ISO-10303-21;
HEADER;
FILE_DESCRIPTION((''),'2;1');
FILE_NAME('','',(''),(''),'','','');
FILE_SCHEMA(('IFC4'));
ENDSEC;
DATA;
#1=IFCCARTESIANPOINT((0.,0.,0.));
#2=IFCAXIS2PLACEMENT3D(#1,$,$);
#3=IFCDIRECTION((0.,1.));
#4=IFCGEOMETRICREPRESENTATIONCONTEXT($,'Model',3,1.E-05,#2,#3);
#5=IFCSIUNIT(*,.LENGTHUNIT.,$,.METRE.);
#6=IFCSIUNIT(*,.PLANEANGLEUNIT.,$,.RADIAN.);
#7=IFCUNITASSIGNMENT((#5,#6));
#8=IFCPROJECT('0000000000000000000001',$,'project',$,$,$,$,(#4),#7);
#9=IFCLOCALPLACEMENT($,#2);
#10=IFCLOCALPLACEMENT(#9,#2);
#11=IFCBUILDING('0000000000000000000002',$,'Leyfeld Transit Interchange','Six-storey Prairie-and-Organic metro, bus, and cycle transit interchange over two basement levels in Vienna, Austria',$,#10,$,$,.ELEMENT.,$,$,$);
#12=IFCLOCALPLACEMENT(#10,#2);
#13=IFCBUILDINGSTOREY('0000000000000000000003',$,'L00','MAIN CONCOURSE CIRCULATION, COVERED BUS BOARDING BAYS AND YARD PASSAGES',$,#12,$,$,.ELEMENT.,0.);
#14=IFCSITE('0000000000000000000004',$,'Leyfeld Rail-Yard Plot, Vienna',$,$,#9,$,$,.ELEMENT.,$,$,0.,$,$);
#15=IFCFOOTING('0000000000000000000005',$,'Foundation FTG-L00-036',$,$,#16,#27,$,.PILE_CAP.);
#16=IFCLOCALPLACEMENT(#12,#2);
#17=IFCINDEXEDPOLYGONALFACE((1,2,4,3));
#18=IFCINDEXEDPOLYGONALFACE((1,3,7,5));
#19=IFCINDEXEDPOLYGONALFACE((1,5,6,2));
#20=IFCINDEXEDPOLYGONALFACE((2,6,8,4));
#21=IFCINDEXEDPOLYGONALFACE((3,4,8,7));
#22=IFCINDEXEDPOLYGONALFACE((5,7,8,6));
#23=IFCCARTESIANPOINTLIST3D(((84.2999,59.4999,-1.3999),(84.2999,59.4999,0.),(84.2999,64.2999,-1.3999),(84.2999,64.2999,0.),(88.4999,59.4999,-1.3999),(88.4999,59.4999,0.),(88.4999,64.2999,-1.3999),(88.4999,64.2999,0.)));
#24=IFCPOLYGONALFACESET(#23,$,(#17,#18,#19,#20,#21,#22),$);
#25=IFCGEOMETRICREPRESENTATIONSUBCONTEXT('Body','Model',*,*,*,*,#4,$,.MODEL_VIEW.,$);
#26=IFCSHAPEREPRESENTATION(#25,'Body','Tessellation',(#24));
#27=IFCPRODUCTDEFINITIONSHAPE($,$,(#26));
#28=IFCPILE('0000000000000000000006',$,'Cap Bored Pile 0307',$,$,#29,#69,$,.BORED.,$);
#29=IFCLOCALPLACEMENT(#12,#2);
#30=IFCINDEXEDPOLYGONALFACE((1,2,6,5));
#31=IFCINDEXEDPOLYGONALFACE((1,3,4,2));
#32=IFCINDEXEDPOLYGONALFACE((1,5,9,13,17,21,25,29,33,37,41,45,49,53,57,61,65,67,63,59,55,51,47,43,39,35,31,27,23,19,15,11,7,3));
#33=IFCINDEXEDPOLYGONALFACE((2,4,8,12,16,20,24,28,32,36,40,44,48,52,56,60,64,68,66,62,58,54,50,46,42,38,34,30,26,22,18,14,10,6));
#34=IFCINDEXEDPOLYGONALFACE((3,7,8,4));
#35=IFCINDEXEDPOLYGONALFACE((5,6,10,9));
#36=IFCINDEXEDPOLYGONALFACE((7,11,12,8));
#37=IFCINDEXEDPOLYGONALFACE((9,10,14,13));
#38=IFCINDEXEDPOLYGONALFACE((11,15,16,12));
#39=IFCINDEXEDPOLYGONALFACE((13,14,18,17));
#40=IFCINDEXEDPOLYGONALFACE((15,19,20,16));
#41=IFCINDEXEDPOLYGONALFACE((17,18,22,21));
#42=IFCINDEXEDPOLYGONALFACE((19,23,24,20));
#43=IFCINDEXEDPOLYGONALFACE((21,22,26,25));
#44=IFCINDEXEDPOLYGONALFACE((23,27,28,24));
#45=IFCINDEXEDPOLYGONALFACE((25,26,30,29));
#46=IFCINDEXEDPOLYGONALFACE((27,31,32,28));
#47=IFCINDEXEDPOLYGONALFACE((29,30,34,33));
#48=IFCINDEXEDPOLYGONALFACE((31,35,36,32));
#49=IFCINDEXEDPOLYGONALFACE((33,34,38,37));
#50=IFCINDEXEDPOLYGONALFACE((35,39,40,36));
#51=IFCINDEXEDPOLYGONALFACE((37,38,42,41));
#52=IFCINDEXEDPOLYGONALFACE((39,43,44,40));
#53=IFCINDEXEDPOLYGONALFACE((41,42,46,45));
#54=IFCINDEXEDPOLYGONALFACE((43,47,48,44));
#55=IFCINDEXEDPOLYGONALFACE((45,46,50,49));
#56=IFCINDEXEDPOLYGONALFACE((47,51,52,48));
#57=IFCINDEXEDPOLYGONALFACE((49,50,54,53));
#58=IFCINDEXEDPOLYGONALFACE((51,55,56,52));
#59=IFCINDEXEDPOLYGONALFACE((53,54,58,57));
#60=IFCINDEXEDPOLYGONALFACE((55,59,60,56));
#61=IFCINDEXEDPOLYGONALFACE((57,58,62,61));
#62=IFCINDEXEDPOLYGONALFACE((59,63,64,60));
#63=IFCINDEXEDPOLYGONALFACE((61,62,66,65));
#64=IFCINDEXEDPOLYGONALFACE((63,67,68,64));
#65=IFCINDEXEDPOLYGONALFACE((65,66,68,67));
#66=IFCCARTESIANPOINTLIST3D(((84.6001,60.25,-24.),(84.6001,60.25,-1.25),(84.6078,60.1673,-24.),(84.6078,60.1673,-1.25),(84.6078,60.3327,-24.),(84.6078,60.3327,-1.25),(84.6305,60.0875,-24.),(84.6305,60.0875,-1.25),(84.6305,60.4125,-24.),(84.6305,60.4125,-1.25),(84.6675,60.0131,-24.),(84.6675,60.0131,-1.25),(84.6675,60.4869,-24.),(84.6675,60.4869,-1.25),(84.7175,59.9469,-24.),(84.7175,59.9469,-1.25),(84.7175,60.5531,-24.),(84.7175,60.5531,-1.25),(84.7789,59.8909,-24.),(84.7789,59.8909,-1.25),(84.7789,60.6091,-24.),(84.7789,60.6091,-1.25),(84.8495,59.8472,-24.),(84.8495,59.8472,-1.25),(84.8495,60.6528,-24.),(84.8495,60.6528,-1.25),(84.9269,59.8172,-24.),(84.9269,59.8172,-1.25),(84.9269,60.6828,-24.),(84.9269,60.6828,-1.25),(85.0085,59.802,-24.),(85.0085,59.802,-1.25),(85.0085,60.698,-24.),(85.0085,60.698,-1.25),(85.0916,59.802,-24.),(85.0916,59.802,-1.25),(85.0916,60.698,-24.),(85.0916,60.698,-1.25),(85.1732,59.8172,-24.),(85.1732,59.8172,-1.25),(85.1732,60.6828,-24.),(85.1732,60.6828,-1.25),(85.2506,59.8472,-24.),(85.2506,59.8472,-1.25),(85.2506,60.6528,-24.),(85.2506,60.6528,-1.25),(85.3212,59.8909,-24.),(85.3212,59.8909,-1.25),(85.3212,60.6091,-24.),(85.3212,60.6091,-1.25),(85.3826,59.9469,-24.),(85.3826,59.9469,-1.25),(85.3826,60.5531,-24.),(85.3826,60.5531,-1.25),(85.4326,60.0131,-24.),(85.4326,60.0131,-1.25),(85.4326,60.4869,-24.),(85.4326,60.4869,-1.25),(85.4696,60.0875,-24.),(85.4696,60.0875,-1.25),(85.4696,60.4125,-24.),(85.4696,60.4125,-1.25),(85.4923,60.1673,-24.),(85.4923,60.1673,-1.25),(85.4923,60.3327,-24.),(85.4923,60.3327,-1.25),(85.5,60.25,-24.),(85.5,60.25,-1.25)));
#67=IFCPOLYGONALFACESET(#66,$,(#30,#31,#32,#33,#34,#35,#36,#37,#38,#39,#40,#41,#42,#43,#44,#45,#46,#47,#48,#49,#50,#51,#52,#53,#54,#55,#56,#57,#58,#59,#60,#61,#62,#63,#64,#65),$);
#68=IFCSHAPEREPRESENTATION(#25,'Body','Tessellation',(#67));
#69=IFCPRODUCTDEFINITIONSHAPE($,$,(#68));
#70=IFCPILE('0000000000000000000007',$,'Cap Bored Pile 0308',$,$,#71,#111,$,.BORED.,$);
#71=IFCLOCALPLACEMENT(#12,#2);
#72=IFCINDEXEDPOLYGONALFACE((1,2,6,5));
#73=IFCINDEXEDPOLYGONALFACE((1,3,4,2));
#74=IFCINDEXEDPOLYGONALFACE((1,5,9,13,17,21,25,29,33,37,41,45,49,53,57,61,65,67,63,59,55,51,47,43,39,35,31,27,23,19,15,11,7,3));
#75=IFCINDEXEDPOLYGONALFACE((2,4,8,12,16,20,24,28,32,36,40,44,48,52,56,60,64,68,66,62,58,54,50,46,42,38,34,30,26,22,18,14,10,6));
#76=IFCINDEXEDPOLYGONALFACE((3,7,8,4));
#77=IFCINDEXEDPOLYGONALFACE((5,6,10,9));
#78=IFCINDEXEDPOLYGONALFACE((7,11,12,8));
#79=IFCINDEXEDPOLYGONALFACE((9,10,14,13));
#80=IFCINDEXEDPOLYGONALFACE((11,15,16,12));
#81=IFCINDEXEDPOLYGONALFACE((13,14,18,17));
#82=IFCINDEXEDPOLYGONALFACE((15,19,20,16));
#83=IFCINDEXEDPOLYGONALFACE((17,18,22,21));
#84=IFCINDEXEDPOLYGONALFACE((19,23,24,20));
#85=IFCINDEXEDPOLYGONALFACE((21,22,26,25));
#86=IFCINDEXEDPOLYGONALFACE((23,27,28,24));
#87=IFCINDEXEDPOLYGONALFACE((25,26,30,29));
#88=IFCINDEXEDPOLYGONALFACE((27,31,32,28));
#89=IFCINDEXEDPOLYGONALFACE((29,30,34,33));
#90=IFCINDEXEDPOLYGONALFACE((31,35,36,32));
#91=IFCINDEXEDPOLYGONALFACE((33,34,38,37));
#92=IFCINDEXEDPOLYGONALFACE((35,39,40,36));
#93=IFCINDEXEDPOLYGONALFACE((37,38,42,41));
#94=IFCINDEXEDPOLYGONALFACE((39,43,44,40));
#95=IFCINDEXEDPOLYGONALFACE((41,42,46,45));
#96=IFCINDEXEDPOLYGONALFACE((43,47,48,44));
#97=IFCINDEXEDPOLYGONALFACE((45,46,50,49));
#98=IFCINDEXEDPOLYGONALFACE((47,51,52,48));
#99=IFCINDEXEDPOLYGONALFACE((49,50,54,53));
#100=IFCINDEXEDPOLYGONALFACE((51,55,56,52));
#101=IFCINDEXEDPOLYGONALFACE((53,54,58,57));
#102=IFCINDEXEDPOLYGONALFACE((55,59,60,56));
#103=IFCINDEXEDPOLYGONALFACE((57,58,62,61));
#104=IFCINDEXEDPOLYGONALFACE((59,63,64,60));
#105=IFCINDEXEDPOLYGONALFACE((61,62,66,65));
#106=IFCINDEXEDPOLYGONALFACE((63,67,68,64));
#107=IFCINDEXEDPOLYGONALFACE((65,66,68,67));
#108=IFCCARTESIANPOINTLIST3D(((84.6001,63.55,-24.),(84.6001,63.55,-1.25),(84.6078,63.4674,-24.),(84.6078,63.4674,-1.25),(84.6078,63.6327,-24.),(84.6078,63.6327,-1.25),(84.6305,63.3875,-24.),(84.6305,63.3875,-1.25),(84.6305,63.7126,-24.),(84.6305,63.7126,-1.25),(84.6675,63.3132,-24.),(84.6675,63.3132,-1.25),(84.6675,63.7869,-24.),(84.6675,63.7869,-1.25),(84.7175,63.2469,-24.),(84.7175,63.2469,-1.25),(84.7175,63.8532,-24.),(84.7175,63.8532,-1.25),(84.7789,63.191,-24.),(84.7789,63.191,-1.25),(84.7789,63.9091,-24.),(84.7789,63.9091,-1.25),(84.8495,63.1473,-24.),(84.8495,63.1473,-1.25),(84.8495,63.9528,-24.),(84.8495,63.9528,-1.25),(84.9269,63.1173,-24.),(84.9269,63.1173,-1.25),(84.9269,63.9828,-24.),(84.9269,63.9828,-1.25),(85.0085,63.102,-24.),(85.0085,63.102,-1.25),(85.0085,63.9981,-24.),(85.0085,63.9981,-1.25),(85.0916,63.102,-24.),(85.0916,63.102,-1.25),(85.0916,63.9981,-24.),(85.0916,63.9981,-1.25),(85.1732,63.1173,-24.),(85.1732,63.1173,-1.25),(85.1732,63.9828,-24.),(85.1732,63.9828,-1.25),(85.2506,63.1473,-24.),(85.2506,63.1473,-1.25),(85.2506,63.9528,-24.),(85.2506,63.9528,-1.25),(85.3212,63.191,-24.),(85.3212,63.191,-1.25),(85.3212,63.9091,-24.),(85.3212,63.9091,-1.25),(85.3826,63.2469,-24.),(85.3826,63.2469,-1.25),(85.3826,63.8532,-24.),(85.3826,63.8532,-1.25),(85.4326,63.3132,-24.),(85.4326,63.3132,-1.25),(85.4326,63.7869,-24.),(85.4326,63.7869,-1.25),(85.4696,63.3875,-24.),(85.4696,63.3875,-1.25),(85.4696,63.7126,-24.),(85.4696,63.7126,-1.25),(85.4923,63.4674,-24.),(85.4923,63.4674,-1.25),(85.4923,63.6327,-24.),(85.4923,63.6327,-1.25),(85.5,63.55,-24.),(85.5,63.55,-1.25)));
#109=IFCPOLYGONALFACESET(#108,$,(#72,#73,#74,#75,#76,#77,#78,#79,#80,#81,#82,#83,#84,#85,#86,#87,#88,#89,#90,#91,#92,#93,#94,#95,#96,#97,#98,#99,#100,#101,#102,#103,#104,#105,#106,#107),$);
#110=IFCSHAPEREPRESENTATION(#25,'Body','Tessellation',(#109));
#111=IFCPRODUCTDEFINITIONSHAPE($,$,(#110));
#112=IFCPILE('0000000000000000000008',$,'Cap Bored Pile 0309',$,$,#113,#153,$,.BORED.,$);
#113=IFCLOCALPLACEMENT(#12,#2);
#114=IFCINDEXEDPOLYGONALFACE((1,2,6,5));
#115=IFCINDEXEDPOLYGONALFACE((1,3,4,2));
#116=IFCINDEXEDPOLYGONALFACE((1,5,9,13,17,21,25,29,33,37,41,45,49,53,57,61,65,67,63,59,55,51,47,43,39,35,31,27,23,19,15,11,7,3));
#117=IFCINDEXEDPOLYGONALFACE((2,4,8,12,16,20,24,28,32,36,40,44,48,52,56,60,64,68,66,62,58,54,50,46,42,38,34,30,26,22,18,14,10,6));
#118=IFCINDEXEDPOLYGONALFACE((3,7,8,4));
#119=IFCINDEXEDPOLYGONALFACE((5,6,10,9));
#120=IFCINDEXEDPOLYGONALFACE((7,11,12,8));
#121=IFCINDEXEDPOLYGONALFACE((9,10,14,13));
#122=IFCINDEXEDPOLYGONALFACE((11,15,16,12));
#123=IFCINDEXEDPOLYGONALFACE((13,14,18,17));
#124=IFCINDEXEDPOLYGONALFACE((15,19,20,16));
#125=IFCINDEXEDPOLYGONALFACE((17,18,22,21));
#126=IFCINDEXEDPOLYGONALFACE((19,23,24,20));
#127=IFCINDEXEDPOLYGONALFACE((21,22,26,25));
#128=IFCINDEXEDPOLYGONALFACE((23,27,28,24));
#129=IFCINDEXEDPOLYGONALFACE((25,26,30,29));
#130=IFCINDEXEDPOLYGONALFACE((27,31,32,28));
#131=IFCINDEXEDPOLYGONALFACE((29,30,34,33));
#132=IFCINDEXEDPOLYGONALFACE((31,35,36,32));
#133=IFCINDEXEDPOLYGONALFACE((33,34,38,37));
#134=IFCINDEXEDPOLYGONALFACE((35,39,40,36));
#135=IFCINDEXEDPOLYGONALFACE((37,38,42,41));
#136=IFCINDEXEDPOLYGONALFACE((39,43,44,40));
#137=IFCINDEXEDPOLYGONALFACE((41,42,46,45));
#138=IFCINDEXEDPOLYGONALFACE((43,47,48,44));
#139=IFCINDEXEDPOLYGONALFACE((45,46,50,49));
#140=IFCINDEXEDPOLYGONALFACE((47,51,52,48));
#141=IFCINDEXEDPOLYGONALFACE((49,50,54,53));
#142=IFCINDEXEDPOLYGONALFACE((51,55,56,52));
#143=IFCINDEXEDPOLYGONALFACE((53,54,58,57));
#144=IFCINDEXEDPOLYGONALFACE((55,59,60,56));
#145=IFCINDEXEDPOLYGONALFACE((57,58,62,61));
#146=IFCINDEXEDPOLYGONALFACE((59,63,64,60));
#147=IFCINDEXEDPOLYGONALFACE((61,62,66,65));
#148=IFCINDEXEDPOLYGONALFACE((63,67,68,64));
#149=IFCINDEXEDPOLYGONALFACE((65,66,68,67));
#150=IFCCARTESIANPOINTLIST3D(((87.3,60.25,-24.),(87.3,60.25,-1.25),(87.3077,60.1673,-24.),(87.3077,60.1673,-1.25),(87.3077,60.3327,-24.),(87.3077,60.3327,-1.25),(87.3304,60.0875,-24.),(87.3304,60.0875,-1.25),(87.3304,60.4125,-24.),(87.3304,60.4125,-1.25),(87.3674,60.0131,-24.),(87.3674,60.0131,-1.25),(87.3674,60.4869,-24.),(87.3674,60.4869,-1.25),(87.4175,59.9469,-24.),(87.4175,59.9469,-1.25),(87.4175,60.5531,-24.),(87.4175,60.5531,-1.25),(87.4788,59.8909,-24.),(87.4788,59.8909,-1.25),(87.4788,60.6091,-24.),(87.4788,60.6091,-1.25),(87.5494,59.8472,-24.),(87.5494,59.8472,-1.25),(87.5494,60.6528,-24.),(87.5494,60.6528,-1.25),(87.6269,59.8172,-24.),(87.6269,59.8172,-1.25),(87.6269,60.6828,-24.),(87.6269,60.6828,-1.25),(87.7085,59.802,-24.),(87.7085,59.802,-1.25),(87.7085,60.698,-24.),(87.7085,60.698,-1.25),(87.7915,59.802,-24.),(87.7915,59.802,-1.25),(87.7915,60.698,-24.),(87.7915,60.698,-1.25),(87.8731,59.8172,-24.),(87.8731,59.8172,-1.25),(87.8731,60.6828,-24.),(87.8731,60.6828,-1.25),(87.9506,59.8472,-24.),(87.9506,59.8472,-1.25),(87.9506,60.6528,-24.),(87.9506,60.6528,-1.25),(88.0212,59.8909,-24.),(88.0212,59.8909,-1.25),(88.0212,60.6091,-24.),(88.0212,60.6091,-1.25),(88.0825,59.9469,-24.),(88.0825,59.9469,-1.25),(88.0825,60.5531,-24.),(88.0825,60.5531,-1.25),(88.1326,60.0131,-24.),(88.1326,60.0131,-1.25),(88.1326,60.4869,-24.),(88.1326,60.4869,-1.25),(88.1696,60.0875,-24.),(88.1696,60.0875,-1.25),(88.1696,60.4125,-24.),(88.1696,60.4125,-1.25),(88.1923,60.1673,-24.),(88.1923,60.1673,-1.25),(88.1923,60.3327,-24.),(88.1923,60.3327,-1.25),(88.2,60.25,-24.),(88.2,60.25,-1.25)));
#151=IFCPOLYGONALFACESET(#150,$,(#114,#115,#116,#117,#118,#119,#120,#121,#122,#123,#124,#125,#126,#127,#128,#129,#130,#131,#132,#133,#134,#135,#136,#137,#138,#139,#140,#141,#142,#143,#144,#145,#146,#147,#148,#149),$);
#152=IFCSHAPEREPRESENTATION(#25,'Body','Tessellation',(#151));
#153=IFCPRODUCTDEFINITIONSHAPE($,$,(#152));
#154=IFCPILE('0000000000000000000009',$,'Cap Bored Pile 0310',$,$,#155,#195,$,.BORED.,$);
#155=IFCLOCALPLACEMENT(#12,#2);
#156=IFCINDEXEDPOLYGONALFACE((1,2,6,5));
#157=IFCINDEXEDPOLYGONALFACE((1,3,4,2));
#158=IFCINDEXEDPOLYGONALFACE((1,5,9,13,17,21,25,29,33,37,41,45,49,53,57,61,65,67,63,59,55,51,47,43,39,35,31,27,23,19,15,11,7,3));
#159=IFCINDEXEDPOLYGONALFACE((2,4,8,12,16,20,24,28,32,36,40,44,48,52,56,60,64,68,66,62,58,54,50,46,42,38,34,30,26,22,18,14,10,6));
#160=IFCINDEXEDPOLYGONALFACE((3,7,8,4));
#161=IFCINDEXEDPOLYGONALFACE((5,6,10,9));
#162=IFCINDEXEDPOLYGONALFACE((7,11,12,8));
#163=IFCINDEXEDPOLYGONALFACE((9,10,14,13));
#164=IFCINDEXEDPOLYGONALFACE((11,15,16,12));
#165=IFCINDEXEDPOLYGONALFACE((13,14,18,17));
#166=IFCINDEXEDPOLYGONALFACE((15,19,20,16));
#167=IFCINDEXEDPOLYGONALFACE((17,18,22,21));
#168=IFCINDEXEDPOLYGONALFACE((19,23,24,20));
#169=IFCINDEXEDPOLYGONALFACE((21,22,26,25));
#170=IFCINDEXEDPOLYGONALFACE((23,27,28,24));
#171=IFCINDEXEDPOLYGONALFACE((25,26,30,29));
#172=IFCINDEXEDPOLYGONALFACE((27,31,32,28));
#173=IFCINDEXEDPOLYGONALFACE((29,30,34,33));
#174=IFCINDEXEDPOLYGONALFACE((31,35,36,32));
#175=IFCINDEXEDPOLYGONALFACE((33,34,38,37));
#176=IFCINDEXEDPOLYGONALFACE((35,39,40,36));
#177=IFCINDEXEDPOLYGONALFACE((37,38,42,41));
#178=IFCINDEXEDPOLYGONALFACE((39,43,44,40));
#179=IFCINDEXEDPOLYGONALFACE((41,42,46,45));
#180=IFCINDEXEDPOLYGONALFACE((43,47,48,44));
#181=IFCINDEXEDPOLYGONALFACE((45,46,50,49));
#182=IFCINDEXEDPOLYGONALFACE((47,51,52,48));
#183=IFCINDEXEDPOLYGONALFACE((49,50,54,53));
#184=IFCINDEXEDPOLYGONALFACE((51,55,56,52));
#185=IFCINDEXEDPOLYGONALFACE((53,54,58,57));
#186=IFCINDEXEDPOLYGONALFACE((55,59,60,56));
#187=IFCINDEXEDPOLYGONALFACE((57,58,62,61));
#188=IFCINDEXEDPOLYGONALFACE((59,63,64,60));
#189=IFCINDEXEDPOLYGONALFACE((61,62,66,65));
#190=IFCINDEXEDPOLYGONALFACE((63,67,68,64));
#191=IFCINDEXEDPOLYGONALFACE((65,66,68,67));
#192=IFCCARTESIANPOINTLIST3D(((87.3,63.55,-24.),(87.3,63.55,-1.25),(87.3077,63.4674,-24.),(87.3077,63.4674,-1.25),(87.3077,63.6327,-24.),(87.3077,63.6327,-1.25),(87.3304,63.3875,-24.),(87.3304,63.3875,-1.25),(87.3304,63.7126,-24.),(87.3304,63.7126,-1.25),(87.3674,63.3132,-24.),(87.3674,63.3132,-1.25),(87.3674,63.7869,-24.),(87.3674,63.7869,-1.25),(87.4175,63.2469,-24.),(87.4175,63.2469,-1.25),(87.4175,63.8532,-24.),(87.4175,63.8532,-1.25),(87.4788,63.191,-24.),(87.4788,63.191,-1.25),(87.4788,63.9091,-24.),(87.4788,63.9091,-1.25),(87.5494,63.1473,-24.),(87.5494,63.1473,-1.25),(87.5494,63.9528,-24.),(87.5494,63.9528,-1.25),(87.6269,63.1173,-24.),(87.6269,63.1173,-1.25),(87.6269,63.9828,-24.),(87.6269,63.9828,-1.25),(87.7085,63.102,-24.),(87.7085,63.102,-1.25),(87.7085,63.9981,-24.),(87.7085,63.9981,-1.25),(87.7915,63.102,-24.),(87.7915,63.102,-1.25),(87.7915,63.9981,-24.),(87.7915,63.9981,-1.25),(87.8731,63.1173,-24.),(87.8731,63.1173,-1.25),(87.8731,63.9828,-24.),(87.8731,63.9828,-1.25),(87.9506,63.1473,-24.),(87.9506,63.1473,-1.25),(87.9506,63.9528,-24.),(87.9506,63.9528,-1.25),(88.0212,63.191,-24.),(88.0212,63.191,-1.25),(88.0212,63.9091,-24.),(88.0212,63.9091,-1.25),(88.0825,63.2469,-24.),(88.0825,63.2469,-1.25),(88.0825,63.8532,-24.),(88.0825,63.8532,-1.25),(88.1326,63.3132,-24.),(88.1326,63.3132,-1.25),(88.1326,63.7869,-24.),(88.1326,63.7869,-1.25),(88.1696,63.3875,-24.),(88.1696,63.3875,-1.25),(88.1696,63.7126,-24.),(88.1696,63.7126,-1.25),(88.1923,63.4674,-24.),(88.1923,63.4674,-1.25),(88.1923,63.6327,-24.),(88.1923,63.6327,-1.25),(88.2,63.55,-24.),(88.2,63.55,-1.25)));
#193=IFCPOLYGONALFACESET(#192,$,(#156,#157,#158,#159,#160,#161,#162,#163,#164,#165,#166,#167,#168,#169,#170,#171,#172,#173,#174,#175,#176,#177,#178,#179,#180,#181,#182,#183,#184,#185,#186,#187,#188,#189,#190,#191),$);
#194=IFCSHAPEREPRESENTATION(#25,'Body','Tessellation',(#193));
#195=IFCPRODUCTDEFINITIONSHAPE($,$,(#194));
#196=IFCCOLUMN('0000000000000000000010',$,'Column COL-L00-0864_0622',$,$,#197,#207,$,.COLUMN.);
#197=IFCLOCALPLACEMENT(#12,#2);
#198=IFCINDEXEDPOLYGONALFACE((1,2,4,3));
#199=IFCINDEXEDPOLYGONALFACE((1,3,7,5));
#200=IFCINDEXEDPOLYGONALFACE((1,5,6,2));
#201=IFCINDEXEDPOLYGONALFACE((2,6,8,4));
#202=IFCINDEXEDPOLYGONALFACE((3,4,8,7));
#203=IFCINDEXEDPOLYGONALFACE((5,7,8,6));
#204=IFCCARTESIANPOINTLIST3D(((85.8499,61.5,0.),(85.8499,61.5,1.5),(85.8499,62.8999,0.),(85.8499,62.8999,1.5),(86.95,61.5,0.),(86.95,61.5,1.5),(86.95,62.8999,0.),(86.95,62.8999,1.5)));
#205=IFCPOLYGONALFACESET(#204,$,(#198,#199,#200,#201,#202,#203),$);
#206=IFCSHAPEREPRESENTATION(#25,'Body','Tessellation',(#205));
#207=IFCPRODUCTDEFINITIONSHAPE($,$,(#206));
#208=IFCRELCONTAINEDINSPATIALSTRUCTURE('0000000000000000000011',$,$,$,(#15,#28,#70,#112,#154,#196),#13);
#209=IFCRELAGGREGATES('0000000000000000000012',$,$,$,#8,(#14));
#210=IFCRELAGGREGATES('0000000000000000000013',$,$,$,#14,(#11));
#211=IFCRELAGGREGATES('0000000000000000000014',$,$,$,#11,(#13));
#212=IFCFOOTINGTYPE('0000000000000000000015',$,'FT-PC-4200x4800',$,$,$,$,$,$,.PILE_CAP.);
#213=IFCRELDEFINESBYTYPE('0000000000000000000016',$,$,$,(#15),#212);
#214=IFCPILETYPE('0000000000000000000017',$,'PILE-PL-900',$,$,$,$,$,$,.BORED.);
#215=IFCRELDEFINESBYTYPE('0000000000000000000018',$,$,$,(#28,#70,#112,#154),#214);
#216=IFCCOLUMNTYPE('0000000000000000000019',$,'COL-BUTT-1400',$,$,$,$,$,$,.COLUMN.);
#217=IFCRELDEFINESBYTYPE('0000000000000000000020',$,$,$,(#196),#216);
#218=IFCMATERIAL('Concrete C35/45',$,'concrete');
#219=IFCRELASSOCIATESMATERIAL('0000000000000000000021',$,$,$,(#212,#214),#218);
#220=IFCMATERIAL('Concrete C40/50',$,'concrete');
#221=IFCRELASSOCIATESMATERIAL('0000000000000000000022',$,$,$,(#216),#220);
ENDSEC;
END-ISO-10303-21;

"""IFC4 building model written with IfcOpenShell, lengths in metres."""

from ifc_helpers import new_model, si_unit, direction, frame, origin, origin_2d, place, context, subcontext, project, spatial, rectangle, circle, extrude, material, material_profile, profile_set, type_object, element, save


model = new_model("IFC4")

# Units and contexts
model_context = context("Model", 3, precision=1e-05, world=origin(), true_north=direction((0.0, 1.0)))
body_context = subcontext(model_context, "Body", "Model", "MODEL_VIEW")
ifc_project = project(units=[si_unit("LENGTHUNIT", "METRE"), si_unit("PLANEANGLEUNIT", "RADIAN")], contexts=[model_context])

# Site, building, storey
site_placement = place(None, origin())
site = spatial("IfcSite", under=ifc_project, at=site_placement, Name="Leyfeld Rail-Yard Plot, Vienna", CompositionType="ELEMENT", RefElevation=0.0)
building_placement = place(site_placement, origin())
building = spatial("IfcBuilding", under=site, at=building_placement, Name="Leyfeld Transit Interchange", Description="Six-storey Prairie-and-Organic metro, bus, and cycle transit interchange over two basement levels in Vienna, Austria", CompositionType="ELEMENT")
storey_placement = place(building_placement, origin())
storey = spatial("IfcBuildingStorey", under=building, at=storey_placement, Name="L00", Description="MAIN CONCOURSE CIRCULATION, COVERED BUS BOARDING BAYS AND YARD PASSAGES", CompositionType="ELEMENT", Elevation=0.0)

# Footing
ifc_material_1 = material(Name="Concrete C35/45", Category="concrete")
footing_type = type_object("IfcFootingType", Name="FT-PC-4200x4800", PredefinedType="PILE_CAP", material=ifc_material_1)
footing_placement = place(storey_placement, frame((86.3999, 61.8999, -1.3999), z_axis=(0.0, 0.0, 1.0), x_axis=(1.0, 0.0, 0.0)))
element("IfcFooting", 1, at=footing_placement, inside=storey, type_object=footing_type, Name="Foundation FTG-L00-036", PredefinedType="PILE_CAP", context=body_context, shape_type="SweptSolid", body=[
    extrude(rectangle(XDim=4.2, YDim=4.8, at=origin_2d()), origin(), (0.0, 0.0, 1.0), 1.3999),
])

# Piles
ifc_material_profile_1 = material_profile(ifc_material_1, circle(Radius=0.45, at=origin_2d()), Name="PILE D900")
ifc_profile_set_1 = profile_set([ifc_material_profile_1], Name="Concrete C35/45")
pile_type = type_object("IfcPileType", Name="PILE-PL-900", PredefinedType="BORED", material=ifc_profile_set_1)
for number, where, z_axis, x_axis, name in (
    (2, (85.05, 60.25, -1.25), (0.0, 0.0, -1.0), (1.0, 0.0, 0.0), "Cap Bored Pile 0307"),
    (3, (85.05, 63.55, -1.25), (0.0, 0.0, -1.0), (1.0, 0.0, 0.0), "Cap Bored Pile 0308"),
    (4, (87.75, 60.25, -1.25), (0.0, 0.0, -1.0), (1.0, 0.0, 0.0), "Cap Bored Pile 0309"),
    (5, (87.75, 63.55, -1.25), (0.0, 0.0, -1.0), (1.0, 0.0, 0.0), "Cap Bored Pile 0310"),
):
    element("IfcPile", number, at=place(storey_placement, frame(where, z_axis=z_axis, x_axis=x_axis)), inside=storey, type_object=pile_type, Name=name, PredefinedType="BORED", context=body_context, shape_type="SweptSolid", body=[
        extrude(circle(Radius=0.45, at=origin_2d()), origin(), (0.0, 0.0, 1.0), 22.75),
    ])

# Column
ifc_material_2 = material(Name="Concrete C40/50", Category="concrete")
ifc_material_profile_2 = material_profile(ifc_material_2, rectangle(XDim=1.1001, YDim=1.3999, at=origin_2d()), Name="RC 1400x1100")
ifc_profile_set_2 = profile_set([ifc_material_profile_2], Name="Concrete C40/50")
column_type_1 = type_object("IfcColumnType", Name="COL-BUTT-1400", PredefinedType="COLUMN", material=ifc_profile_set_2)
column_1_placement = place(storey_placement, frame((86.3999, 62.2, 0.0), z_axis=(0.0, 0.0, 1.0), x_axis=(1.0, 0.0, 0.0)))
element("IfcColumn", 6, at=column_1_placement, inside=storey, type_object=column_type_1, Name="Column COL-L00-0864_0622", PredefinedType="COLUMN", context=body_context, shape_type="SweptSolid", body=[
    extrude(rectangle(XDim=1.1001, YDim=1.3999, at=origin_2d()), origin(), (0.0, 0.0, 1.0), 1.5),
])

save(model, "model.ifc")
